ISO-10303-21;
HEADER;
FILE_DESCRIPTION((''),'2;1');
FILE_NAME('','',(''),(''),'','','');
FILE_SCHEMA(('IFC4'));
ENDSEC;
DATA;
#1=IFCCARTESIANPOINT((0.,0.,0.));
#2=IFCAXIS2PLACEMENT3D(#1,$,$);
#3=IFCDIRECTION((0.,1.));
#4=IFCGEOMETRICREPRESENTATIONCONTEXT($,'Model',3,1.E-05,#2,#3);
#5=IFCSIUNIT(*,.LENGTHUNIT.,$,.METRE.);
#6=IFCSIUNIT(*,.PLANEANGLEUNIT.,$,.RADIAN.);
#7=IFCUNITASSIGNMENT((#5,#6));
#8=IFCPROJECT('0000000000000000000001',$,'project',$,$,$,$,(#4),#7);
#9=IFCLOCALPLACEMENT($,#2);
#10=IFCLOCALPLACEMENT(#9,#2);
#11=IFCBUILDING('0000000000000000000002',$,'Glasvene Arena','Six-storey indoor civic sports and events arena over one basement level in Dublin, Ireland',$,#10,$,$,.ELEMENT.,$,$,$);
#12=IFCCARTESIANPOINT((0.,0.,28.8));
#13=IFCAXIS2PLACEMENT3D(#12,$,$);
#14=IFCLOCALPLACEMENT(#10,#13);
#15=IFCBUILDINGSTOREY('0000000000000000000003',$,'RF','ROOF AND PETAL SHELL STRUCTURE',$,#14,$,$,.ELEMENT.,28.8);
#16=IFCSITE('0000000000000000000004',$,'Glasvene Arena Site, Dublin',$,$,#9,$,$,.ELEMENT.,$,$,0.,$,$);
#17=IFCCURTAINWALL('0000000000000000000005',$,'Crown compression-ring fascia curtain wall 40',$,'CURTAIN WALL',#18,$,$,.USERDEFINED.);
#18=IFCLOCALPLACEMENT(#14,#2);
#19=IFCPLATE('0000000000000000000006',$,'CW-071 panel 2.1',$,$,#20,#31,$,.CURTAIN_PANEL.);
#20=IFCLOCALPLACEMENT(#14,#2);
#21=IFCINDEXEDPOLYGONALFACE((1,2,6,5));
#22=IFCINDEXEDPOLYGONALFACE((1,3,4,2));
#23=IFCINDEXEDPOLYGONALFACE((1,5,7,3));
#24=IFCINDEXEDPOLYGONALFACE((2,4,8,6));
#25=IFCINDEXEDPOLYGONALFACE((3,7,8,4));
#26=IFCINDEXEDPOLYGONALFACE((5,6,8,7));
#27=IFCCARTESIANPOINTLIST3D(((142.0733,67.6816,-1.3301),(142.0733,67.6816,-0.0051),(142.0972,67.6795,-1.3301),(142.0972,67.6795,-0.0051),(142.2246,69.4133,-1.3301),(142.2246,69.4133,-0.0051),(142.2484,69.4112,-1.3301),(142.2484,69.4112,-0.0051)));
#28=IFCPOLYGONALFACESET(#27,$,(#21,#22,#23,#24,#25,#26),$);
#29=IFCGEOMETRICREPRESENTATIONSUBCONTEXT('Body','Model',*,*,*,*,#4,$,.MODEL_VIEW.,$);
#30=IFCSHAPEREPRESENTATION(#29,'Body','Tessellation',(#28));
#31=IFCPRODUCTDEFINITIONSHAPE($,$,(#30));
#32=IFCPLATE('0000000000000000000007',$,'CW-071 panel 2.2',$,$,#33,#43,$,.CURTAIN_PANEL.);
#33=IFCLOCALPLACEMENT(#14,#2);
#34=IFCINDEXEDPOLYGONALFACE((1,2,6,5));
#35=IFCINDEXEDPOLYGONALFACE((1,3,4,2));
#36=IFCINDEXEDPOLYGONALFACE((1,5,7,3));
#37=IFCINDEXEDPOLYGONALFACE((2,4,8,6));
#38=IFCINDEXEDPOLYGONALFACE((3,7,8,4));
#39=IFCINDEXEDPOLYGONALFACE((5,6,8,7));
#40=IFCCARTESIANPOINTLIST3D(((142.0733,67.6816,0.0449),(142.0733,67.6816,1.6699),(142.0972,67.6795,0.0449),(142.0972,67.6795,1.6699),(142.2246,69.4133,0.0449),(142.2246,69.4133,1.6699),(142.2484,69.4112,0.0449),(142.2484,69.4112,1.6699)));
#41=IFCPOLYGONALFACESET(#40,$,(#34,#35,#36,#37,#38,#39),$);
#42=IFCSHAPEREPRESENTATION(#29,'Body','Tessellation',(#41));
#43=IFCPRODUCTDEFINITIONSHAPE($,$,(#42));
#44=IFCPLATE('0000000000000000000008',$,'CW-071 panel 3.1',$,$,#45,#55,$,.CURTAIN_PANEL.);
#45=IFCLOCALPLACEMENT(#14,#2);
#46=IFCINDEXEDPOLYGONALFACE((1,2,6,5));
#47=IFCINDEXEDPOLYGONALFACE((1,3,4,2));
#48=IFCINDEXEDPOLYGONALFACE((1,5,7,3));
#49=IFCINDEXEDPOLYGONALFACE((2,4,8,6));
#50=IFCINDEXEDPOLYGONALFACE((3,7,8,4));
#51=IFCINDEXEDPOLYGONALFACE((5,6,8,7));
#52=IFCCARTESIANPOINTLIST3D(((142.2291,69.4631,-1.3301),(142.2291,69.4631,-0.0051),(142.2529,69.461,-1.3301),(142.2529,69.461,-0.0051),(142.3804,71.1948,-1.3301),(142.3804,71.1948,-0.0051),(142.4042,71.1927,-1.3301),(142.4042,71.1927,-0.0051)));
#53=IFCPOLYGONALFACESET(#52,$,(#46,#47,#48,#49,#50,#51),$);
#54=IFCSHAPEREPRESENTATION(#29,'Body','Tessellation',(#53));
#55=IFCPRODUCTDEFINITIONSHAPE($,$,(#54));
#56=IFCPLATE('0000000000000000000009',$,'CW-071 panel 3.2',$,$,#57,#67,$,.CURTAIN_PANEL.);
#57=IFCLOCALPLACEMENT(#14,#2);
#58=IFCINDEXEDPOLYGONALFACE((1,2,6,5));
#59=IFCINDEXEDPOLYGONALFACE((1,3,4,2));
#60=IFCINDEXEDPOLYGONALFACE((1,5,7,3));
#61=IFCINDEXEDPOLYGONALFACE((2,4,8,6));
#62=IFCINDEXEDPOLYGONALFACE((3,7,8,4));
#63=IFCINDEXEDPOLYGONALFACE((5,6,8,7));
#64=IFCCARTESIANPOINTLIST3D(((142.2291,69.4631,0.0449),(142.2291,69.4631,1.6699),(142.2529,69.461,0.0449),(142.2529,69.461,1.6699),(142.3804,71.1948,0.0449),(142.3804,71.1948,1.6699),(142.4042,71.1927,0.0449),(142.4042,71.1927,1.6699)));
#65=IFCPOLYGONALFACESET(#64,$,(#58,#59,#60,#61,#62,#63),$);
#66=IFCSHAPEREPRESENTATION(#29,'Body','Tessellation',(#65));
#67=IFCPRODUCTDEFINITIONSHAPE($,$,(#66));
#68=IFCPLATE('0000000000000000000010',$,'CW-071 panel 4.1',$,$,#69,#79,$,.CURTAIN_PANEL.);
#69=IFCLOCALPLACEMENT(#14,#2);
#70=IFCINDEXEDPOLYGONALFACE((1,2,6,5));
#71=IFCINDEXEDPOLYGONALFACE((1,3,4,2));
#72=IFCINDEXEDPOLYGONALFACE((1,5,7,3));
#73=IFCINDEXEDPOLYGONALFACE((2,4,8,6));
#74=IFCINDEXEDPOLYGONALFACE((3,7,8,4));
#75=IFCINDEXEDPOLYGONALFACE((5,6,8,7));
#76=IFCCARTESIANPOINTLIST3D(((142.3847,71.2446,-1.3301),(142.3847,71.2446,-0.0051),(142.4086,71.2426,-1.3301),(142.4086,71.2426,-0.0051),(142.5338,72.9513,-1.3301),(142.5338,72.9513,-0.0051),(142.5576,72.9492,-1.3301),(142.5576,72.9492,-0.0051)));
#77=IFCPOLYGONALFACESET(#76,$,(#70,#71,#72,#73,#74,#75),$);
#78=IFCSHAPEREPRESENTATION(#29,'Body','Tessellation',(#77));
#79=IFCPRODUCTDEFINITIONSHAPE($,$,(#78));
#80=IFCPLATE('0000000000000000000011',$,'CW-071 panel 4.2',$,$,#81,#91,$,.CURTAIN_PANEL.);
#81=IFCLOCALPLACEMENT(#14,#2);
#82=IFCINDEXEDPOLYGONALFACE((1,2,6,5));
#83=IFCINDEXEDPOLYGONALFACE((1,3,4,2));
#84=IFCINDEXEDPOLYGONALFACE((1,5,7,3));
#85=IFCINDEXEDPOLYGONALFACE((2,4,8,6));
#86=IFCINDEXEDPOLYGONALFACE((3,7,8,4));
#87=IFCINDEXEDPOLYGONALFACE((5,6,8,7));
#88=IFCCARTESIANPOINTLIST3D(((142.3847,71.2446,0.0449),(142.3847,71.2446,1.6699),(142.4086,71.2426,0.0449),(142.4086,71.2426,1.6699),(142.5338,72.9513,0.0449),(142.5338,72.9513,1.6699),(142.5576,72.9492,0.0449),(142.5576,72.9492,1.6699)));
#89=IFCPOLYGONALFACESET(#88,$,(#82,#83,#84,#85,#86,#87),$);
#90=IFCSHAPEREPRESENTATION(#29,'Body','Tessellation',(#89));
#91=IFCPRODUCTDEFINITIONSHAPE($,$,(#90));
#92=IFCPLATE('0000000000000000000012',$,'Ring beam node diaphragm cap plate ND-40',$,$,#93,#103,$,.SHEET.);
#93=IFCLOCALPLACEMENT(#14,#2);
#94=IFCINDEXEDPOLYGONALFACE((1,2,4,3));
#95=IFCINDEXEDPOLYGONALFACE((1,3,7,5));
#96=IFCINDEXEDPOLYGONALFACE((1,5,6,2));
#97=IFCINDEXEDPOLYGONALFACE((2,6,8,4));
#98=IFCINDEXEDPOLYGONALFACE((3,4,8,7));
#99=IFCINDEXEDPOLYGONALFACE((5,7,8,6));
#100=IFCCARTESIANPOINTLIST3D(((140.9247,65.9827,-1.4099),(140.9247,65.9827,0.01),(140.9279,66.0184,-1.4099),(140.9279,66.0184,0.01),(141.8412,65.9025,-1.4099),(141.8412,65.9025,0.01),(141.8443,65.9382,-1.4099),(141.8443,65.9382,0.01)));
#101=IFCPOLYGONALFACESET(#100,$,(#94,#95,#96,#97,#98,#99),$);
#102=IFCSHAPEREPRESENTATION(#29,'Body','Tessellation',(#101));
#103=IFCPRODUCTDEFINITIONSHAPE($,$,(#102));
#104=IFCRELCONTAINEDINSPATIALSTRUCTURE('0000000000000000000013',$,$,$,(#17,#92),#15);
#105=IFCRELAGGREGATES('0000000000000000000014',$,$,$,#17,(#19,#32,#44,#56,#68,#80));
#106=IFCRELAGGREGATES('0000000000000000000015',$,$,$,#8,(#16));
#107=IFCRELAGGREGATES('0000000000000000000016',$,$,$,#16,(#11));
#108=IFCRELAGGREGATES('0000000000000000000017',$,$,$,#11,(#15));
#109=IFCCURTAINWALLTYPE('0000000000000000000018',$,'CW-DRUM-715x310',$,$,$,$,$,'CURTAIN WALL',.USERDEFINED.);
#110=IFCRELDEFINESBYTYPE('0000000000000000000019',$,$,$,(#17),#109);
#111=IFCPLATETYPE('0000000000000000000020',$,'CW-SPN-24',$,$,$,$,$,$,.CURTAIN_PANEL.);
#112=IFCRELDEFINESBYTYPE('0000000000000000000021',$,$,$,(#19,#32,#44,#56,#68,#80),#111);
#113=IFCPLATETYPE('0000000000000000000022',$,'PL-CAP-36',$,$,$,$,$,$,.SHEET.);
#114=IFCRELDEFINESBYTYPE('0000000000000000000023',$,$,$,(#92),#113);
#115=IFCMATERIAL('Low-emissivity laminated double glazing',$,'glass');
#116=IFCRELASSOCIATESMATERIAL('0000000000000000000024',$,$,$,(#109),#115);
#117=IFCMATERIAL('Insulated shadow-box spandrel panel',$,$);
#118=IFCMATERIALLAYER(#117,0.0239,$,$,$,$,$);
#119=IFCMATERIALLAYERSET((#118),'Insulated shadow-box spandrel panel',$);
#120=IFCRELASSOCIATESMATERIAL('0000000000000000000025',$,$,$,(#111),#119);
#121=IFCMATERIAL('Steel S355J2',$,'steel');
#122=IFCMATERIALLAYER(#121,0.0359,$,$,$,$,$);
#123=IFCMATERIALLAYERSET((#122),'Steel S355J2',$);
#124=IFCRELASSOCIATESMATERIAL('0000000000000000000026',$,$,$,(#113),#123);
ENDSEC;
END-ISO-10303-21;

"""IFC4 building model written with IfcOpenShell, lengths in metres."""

from ifc_helpers import new_model, si_unit, direction, frame, origin, origin_2d, place, context, subcontext, project, spatial, rectangle, extrude, material, layer, layer_set, type_object, element, aggregate, save


model = new_model("IFC4")

# Units and contexts
model_context = context("Model", 3, precision=1e-05, world=origin(), true_north=direction((0.0, 1.0)))
body_context = subcontext(model_context, "Body", "Model", "MODEL_VIEW")
ifc_project = project(units=[si_unit("LENGTHUNIT", "METRE"), si_unit("PLANEANGLEUNIT", "RADIAN")], contexts=[model_context])

# Site, building, storey
site_placement = place(None, origin())
site = spatial("IfcSite", under=ifc_project, at=site_placement, Name="Glasvene Arena Site, Dublin", CompositionType="ELEMENT", RefElevation=0.0)
building_placement = place(site_placement, origin())
building = spatial("IfcBuilding", under=site, at=building_placement, Name="Glasvene Arena", Description="Six-storey indoor civic sports and events arena over one basement level in Dublin, Ireland", CompositionType="ELEMENT")
storey_placement = place(building_placement, frame((0.0, 0.0, 28.8)))
storey = spatial("IfcBuildingStorey", under=building, at=storey_placement, Name="RF", Description="ROOF AND PETAL SHELL STRUCTURE", CompositionType="ELEMENT", Elevation=28.8)

# Shared definitions
ifc_material_1 = material(Name="Steel S355J2", Category="steel")

# Curtain wall
ifc_material_2 = material(Name="Low-emissivity laminated double glazing", Category="glass")
curtain_wall_type_1 = type_object("IfcCurtainWallType", Name="CW-DRUM-715x310", ElementType="CURTAIN WALL", PredefinedType="USERDEFINED", material=ifc_material_2)
curtain_wall_1_placement = place(storey_placement, frame((141.9275, 65.8745, 0.0)))
curtain_wall_1 = element("IfcCurtainWall", 1, at=curtain_wall_1_placement, inside=storey, type_object=curtain_wall_type_1, Name="Crown compression-ring fascia curtain wall 40", ObjectType="CURTAIN WALL", PredefinedType="USERDEFINED")

# Plates
ifc_material_3 = material(Name="Insulated shadow-box spandrel panel")
ifc_layer_1 = layer(ifc_material_3, 0.0239)
ifc_layer_set_1 = layer_set([ifc_layer_1], Name="Insulated shadow-box spandrel panel")
plate_type_1 = type_object("IfcPlateType", Name="CW-SPN-24", PredefinedType="CURTAIN_PANEL", material=ifc_layer_set_1)
plate_1_placement = place(storey_placement, frame((142.1609, 68.5464, -1.3301), z_axis=(0.0, 0.0, 1.0), x_axis=(0.087016, 0.996207, 0.0)))
plate_1 = element("IfcPlate", 2, at=plate_1_placement, type_object=plate_type_1, Name="CW-071 panel 2.1", PredefinedType="CURTAIN_PANEL", context=body_context, shape_type="SweptSolid", body=[
    extrude(rectangle(XDim=1.7383, YDim=0.0239, at=origin_2d()), origin(), (0.0, 0.0, 1.0), 1.325),
])
plate_2_placement = place(storey_placement, frame((142.1609, 68.5464, 0.0449), z_axis=(0.0, 0.0, 1.0), x_axis=(0.087016, 0.996207, 0.0)))
plate_2 = element("IfcPlate", 3, at=plate_2_placement, type_object=plate_type_1, Name="CW-071 panel 2.2", PredefinedType="CURTAIN_PANEL", context=body_context, shape_type="SweptSolid", body=[
    extrude(rectangle(XDim=1.7383, YDim=0.0239, at=origin_2d()), origin(), (0.0, 0.0, 1.0), 1.625),
])
plate_3_placement = place(storey_placement, frame((142.3167, 70.3279, -1.3301), z_axis=(0.0, 0.0, 1.0), x_axis=(0.087016, 0.996207, 0.0)))
plate_3 = element("IfcPlate", 4, at=plate_3_placement, type_object=plate_type_1, Name="CW-071 panel 3.1", PredefinedType="CURTAIN_PANEL", context=body_context, shape_type="SweptSolid", body=[
    extrude(rectangle(XDim=1.7383, YDim=0.0239, at=origin_2d()), origin(), (0.0, 0.0, 1.0), 1.325),
])
plate_4_placement = place(storey_placement, frame((142.3167, 70.3279, 0.0449), z_axis=(0.0, 0.0, 1.0), x_axis=(0.087016, 0.996207, 0.0)))
plate_4 = element("IfcPlate", 5, at=plate_4_placement, type_object=plate_type_1, Name="CW-071 panel 3.2", PredefinedType="CURTAIN_PANEL", context=body_context, shape_type="SweptSolid", body=[
    extrude(rectangle(XDim=1.7383, YDim=0.0239, at=origin_2d()), origin(), (0.0, 0.0, 1.0), 1.625),
])
plate_5_placement = place(storey_placement, frame((142.4712, 72.0969, -1.3301), z_axis=(0.0, 0.0, 1.0), x_axis=(0.087016, 0.996207, 0.0)))
plate_5 = element("IfcPlate", 6, at=plate_5_placement, type_object=plate_type_1, Name="CW-071 panel 4.1", PredefinedType="CURTAIN_PANEL", context=body_context, shape_type="SweptSolid", body=[
    extrude(rectangle(XDim=1.7131, YDim=0.0239, at=origin_2d()), origin(), (0.0, 0.0, 1.0), 1.325),
])
plate_6_placement = place(storey_placement, frame((142.4712, 72.0969, 0.0449), z_axis=(0.0, 0.0, 1.0), x_axis=(0.087016, 0.996207, 0.0)))
plate_6 = element("IfcPlate", 7, at=plate_6_placement, type_object=plate_type_1, Name="CW-071 panel 4.2", PredefinedType="CURTAIN_PANEL", context=body_context, shape_type="SweptSolid", body=[
    extrude(rectangle(XDim=1.7131, YDim=0.0239, at=origin_2d()), origin(), (0.0, 0.0, 1.0), 1.625),
])
aggregate(curtain_wall_1, [plate_1, plate_2, plate_3, plate_4, plate_5, plate_6])
ifc_layer_2 = layer(ifc_material_1, 0.0359)
ifc_layer_set_2 = layer_set([ifc_layer_2], Name="Steel S355J2")
plate_type_2 = type_object("IfcPlateType", Name="PL-CAP-36", PredefinedType="SHEET", material=ifc_layer_set_2)
plate_7_placement = place(storey_placement, frame((141.3845, 65.9604, -1.4099), z_axis=(0.0, 0.0, 1.0), x_axis=(0.087156, 0.996195, 0.0)))
element("IfcPlate", 8, at=plate_7_placement, inside=storey, type_object=plate_type_2, Name="Ring beam node diaphragm cap plate ND-40", PredefinedType="SHEET", context=body_context, shape_type="SweptSolid", body=[
    extrude(rectangle(XDim=0.0359, YDim=0.9199, at=origin_2d()), origin(), (0.0, 0.0, 1.0), 1.4199),
])

save(model, "model.ifc")
